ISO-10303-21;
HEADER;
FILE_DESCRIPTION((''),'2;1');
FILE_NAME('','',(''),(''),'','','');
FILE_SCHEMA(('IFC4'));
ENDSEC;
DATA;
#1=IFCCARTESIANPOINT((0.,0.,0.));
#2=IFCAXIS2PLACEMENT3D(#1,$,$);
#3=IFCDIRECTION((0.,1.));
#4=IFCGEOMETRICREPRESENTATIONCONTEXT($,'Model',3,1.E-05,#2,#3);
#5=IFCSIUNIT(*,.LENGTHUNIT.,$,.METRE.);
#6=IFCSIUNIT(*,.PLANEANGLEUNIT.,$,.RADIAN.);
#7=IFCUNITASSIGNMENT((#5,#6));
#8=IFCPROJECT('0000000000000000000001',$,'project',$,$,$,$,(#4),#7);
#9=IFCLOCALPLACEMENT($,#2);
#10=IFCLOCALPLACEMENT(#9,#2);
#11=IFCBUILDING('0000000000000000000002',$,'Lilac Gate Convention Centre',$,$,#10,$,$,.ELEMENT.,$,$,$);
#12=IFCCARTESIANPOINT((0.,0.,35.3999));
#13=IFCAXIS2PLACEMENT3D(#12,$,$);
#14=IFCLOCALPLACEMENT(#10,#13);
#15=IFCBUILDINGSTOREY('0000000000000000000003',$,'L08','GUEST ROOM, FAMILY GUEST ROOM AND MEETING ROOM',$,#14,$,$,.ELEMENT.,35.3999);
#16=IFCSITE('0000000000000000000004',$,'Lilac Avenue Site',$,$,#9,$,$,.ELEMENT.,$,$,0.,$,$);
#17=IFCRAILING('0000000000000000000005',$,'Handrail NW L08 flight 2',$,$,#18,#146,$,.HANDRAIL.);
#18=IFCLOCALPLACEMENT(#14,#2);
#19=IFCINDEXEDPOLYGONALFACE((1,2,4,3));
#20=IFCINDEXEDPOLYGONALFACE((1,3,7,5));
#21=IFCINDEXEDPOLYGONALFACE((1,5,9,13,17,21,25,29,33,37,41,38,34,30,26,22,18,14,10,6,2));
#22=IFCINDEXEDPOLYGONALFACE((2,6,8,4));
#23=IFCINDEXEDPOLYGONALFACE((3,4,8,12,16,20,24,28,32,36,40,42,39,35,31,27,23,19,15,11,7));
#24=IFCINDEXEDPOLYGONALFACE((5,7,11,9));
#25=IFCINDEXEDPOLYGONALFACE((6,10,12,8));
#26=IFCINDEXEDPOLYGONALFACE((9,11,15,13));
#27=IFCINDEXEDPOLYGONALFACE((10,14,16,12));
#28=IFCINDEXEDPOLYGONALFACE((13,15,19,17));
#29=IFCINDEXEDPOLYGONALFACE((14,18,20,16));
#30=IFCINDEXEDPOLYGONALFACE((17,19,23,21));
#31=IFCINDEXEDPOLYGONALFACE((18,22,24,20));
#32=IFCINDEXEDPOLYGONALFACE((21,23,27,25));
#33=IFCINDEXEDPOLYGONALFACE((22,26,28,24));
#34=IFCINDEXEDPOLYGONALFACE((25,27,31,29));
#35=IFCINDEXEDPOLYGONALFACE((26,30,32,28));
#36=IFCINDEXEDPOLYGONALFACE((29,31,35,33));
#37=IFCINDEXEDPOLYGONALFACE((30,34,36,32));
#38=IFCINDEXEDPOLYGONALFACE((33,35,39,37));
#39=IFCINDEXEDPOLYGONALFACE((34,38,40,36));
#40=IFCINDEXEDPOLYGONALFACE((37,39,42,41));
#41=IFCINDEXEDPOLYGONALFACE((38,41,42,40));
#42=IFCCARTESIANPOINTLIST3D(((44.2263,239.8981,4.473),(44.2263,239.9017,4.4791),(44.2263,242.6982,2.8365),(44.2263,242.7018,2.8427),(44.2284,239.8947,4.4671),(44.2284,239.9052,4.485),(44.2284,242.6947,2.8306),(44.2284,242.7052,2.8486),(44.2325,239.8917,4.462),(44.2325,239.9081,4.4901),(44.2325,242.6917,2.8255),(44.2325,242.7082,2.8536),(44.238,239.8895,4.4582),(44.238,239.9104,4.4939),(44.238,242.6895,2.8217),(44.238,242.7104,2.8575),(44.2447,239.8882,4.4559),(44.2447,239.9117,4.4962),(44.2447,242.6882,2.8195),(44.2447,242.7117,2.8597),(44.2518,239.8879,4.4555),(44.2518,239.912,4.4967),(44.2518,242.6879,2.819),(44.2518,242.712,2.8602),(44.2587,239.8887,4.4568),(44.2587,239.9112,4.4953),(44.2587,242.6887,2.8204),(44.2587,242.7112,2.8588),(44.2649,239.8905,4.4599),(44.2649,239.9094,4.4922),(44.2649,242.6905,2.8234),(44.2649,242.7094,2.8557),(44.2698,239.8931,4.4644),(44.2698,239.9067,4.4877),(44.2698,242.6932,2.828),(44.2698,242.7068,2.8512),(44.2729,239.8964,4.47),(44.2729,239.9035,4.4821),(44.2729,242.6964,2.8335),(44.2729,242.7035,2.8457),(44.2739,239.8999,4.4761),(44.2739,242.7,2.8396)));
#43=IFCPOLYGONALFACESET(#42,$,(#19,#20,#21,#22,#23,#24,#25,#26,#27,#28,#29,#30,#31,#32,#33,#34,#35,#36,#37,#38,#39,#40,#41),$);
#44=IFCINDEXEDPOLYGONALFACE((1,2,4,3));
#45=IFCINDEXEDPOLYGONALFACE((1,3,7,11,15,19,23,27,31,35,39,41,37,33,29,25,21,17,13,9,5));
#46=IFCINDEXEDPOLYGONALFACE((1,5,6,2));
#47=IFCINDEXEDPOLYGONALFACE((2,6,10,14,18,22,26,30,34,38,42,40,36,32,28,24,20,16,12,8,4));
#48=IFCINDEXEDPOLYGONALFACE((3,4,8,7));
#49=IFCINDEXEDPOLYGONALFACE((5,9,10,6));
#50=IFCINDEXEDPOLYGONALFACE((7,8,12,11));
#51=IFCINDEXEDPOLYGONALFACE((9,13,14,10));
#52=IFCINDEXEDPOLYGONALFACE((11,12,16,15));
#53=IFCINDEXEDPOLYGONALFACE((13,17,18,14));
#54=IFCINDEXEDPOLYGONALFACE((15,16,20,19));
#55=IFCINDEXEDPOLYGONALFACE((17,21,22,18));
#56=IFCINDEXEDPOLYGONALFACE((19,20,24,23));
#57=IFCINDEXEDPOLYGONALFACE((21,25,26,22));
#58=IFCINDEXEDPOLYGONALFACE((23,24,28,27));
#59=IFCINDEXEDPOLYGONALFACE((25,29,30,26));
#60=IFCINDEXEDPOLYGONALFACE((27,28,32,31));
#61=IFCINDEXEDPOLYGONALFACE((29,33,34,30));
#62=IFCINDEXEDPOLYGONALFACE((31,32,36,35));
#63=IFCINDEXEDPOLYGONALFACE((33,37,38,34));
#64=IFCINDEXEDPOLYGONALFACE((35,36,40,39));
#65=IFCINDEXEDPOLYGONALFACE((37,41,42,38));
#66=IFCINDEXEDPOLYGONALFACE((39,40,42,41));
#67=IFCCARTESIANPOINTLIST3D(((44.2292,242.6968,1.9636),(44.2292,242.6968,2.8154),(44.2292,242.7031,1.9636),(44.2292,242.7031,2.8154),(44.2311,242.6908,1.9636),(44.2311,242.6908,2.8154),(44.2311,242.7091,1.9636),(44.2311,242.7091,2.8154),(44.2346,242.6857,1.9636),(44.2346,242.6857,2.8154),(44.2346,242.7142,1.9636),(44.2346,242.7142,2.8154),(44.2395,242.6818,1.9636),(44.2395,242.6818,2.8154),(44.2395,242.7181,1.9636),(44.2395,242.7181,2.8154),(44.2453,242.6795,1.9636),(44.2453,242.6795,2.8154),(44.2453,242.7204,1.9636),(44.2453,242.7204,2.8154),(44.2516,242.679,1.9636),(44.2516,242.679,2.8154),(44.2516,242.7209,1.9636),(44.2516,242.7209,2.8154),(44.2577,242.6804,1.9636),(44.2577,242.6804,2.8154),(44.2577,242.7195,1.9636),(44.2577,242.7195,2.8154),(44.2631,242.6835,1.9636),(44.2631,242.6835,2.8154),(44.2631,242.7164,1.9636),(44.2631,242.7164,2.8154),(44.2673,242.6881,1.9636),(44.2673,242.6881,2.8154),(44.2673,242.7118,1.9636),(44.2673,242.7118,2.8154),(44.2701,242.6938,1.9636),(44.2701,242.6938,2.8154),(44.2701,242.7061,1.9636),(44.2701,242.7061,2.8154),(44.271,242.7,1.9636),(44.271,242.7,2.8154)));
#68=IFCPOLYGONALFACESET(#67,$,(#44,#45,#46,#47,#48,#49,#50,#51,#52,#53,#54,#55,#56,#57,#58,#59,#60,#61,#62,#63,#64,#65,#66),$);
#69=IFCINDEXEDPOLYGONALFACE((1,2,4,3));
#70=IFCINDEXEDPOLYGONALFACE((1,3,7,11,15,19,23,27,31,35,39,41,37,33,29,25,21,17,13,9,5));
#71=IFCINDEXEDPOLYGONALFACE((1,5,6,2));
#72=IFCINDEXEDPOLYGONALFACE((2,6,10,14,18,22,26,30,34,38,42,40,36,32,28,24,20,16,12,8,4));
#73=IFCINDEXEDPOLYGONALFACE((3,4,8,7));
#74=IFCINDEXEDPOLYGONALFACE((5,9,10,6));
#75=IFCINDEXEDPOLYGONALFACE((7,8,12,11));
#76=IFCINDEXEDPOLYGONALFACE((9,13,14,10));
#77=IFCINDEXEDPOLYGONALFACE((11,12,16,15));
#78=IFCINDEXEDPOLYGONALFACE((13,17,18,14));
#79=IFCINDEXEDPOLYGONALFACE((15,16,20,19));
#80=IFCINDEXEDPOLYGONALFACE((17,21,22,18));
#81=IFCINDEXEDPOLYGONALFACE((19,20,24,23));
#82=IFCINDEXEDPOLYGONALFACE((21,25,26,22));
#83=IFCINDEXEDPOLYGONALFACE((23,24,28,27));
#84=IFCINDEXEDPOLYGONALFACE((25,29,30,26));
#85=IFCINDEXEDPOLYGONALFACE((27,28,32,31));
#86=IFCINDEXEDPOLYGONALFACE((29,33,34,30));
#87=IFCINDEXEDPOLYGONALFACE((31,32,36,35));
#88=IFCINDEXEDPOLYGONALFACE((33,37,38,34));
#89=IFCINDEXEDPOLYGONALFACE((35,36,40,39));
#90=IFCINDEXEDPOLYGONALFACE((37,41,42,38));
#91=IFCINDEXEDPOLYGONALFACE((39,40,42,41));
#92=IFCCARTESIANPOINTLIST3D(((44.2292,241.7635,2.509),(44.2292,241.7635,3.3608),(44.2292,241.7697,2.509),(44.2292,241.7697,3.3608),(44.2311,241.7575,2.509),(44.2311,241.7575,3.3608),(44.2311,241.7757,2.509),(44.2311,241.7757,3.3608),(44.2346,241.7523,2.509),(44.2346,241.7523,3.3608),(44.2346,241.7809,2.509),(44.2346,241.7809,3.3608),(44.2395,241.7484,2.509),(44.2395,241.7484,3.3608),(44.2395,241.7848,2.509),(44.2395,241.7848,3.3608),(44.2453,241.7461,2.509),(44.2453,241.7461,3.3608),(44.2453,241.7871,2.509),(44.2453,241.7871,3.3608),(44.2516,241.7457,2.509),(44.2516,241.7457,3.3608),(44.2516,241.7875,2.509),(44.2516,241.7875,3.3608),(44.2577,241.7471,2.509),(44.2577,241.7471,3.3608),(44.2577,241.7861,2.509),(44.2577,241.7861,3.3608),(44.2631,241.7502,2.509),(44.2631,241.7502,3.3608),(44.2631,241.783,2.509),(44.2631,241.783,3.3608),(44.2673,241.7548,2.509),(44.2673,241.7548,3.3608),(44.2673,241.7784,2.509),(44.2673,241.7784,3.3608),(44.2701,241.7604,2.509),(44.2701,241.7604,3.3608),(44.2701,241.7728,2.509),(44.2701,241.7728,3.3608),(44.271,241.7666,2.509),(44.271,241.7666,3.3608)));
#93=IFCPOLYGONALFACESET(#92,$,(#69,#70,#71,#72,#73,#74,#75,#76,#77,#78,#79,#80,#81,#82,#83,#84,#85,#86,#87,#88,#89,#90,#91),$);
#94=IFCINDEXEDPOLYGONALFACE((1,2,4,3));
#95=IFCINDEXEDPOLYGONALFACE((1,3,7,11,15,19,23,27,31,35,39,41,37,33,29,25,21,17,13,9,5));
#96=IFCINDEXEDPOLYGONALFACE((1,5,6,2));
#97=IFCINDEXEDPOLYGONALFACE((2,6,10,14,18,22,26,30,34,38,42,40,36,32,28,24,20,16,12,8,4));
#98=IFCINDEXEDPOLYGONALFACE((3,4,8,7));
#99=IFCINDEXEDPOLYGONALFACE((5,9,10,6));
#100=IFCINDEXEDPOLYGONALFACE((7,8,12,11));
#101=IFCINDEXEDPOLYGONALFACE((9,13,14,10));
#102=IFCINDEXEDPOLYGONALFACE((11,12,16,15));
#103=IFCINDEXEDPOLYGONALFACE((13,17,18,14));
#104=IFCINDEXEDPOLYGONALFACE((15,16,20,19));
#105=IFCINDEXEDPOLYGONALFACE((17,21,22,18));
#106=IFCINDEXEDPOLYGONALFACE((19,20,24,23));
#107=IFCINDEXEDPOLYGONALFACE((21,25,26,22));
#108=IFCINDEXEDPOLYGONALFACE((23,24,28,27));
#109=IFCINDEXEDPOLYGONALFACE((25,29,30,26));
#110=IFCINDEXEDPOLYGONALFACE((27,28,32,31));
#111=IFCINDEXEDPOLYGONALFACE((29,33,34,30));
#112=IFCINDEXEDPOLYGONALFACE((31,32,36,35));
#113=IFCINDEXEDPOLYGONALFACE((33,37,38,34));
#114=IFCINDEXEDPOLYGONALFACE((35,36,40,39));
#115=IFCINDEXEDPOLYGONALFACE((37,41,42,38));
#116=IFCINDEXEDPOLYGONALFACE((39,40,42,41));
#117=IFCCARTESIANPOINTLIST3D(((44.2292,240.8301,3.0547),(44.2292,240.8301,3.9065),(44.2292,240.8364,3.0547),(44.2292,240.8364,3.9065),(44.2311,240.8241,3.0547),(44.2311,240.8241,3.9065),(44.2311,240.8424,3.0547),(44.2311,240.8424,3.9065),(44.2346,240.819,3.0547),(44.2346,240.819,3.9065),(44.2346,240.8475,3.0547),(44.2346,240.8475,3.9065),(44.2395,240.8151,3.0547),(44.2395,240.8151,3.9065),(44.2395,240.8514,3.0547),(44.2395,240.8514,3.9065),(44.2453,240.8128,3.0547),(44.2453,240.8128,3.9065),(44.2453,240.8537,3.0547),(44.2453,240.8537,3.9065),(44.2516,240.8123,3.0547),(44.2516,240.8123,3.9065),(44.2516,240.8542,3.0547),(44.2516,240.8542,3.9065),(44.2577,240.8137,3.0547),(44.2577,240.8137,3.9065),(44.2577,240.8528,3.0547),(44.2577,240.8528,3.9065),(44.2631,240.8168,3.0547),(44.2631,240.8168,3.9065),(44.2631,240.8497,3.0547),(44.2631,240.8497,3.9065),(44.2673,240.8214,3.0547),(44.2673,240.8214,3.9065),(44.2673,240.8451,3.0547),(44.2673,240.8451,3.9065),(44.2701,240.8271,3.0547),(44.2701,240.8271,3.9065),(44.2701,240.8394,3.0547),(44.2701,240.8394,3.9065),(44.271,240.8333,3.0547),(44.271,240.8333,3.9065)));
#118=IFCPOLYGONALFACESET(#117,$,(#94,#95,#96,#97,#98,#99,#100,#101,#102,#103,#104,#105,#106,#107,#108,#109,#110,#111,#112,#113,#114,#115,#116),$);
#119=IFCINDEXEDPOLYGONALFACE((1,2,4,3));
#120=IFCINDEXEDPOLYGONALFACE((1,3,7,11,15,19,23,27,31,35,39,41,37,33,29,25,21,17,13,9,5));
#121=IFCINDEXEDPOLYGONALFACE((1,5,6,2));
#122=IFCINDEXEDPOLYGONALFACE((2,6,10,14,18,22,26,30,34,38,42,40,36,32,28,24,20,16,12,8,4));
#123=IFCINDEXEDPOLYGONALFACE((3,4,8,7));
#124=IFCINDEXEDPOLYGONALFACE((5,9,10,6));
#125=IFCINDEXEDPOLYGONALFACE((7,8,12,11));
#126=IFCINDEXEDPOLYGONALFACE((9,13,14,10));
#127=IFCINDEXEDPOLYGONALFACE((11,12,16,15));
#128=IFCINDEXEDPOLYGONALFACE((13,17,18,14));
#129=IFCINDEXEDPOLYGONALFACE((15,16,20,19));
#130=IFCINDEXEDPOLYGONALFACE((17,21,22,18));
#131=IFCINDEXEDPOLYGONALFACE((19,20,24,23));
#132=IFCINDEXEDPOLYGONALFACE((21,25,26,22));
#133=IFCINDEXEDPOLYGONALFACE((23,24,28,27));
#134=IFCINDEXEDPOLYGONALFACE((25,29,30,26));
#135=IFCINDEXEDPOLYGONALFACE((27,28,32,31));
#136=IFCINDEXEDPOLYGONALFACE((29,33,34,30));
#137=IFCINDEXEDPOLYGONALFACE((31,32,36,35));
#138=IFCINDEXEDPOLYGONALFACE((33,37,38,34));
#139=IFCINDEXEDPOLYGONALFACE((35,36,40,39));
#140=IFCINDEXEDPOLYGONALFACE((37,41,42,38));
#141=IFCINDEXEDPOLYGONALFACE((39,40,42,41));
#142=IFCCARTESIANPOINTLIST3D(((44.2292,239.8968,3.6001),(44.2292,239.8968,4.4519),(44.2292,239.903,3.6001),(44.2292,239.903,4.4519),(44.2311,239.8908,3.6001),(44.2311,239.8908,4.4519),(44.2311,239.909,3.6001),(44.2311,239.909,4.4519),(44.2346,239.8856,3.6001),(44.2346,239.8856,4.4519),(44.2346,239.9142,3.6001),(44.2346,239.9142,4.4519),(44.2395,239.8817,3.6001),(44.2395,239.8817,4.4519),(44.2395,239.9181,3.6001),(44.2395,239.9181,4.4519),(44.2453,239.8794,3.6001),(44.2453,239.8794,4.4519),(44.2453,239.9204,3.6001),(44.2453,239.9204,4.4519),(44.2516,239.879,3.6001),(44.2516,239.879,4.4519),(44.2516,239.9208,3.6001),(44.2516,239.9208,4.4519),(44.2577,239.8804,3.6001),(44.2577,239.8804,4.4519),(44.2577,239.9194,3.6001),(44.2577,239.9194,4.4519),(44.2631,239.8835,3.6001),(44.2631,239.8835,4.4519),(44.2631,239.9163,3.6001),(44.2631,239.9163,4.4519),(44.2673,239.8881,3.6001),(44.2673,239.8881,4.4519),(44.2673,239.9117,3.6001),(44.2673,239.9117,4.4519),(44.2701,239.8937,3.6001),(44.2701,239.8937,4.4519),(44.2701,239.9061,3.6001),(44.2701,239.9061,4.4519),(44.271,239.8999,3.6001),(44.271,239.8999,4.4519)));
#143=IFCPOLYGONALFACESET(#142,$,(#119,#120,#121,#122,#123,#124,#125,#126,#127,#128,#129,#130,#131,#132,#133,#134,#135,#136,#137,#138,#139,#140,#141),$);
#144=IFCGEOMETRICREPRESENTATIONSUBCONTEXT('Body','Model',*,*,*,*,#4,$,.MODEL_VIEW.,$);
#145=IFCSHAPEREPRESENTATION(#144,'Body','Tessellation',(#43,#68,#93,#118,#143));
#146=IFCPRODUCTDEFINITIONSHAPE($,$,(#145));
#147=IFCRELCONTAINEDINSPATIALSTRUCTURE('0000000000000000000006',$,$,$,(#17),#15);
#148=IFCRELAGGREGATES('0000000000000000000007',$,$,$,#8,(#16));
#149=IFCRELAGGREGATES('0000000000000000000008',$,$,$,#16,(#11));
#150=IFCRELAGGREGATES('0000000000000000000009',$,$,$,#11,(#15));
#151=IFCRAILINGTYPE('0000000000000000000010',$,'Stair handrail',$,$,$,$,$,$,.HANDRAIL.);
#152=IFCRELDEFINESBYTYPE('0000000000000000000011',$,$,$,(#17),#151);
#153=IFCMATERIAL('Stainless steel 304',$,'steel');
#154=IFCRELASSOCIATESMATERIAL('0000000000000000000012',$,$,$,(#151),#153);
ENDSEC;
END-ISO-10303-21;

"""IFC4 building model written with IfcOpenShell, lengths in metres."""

from ifc_helpers import new_model, si_unit, direction, frame, origin, origin_2d, place, context, subcontext, project, spatial, circle, extrude, material, type_object, element, save


model = new_model("IFC4")

# Units and contexts
model_context = context("Model", 3, precision=1e-05, world=origin(), true_north=direction((0.0, 1.0)))
body_context = subcontext(model_context, "Body", "Model", "MODEL_VIEW")
ifc_project = project(units=[si_unit("LENGTHUNIT", "METRE"), si_unit("PLANEANGLEUNIT", "RADIAN")], contexts=[model_context])

# Site, building, storey
site_placement = place(None, origin())
site = spatial("IfcSite", under=ifc_project, at=site_placement, Name="Lilac Avenue Site", CompositionType="ELEMENT", RefElevation=0.0)
building_placement = place(site_placement, origin())
building = spatial("IfcBuilding", under=site, at=building_placement, Name="Lilac Gate Convention Centre", CompositionType="ELEMENT")
storey_placement = place(building_placement, frame((0.0, 0.0, 35.3999)))
storey = spatial("IfcBuildingStorey", under=building, at=storey_placement, Name="L08", Description="GUEST ROOM, FAMILY GUEST ROOM AND MEETING ROOM", CompositionType="ELEMENT", Elevation=35.3999)

# Railing
ifc_material_1 = material(Name="Stainless steel 304", Category="steel")
railing_type = type_object("IfcRailingType", Name="Stair handrail", PredefinedType="HANDRAIL", material=ifc_material_1)
for number, where, name in (
    (1, (44.25, 242.7, 1.9636), "Handrail NW L08 flight 2"),
):
    element("IfcRailing", number, at=place(storey_placement, frame(where)), inside=storey, type_object=railing_type, Name=name, PredefinedType="HANDRAIL", context=body_context, shape_type="SweptSolid", body=[
        extrude(circle(Radius=0.0239, at=origin_2d()), frame((0.0, 0.0, 0.876), z_axis=(0.0, -0.863361, 0.504587), x_axis=(1.0, 0.0, 0.0)), (0.0, 0.0, 1.0), 3.2432),
        extrude(circle(Radius=0.021, at=origin_2d()), origin(), (0.0, 0.0, 1.0), 0.8518),
        extrude(circle(Radius=0.021, at=origin_2d()), frame((0.0, -0.9333, 0.5454)), (0.0, 0.0, 1.0), 0.8518),
        extrude(circle(Radius=0.021, at=origin_2d()), frame((0.0, -1.8667, 1.0911)), (0.0, 0.0, 1.0), 0.8518),
        extrude(circle(Radius=0.021, at=origin_2d()), frame((0.0, -2.8, 1.6365)), (0.0, 0.0, 1.0), 0.8518),
    ])

save(model, "model.ifc")
